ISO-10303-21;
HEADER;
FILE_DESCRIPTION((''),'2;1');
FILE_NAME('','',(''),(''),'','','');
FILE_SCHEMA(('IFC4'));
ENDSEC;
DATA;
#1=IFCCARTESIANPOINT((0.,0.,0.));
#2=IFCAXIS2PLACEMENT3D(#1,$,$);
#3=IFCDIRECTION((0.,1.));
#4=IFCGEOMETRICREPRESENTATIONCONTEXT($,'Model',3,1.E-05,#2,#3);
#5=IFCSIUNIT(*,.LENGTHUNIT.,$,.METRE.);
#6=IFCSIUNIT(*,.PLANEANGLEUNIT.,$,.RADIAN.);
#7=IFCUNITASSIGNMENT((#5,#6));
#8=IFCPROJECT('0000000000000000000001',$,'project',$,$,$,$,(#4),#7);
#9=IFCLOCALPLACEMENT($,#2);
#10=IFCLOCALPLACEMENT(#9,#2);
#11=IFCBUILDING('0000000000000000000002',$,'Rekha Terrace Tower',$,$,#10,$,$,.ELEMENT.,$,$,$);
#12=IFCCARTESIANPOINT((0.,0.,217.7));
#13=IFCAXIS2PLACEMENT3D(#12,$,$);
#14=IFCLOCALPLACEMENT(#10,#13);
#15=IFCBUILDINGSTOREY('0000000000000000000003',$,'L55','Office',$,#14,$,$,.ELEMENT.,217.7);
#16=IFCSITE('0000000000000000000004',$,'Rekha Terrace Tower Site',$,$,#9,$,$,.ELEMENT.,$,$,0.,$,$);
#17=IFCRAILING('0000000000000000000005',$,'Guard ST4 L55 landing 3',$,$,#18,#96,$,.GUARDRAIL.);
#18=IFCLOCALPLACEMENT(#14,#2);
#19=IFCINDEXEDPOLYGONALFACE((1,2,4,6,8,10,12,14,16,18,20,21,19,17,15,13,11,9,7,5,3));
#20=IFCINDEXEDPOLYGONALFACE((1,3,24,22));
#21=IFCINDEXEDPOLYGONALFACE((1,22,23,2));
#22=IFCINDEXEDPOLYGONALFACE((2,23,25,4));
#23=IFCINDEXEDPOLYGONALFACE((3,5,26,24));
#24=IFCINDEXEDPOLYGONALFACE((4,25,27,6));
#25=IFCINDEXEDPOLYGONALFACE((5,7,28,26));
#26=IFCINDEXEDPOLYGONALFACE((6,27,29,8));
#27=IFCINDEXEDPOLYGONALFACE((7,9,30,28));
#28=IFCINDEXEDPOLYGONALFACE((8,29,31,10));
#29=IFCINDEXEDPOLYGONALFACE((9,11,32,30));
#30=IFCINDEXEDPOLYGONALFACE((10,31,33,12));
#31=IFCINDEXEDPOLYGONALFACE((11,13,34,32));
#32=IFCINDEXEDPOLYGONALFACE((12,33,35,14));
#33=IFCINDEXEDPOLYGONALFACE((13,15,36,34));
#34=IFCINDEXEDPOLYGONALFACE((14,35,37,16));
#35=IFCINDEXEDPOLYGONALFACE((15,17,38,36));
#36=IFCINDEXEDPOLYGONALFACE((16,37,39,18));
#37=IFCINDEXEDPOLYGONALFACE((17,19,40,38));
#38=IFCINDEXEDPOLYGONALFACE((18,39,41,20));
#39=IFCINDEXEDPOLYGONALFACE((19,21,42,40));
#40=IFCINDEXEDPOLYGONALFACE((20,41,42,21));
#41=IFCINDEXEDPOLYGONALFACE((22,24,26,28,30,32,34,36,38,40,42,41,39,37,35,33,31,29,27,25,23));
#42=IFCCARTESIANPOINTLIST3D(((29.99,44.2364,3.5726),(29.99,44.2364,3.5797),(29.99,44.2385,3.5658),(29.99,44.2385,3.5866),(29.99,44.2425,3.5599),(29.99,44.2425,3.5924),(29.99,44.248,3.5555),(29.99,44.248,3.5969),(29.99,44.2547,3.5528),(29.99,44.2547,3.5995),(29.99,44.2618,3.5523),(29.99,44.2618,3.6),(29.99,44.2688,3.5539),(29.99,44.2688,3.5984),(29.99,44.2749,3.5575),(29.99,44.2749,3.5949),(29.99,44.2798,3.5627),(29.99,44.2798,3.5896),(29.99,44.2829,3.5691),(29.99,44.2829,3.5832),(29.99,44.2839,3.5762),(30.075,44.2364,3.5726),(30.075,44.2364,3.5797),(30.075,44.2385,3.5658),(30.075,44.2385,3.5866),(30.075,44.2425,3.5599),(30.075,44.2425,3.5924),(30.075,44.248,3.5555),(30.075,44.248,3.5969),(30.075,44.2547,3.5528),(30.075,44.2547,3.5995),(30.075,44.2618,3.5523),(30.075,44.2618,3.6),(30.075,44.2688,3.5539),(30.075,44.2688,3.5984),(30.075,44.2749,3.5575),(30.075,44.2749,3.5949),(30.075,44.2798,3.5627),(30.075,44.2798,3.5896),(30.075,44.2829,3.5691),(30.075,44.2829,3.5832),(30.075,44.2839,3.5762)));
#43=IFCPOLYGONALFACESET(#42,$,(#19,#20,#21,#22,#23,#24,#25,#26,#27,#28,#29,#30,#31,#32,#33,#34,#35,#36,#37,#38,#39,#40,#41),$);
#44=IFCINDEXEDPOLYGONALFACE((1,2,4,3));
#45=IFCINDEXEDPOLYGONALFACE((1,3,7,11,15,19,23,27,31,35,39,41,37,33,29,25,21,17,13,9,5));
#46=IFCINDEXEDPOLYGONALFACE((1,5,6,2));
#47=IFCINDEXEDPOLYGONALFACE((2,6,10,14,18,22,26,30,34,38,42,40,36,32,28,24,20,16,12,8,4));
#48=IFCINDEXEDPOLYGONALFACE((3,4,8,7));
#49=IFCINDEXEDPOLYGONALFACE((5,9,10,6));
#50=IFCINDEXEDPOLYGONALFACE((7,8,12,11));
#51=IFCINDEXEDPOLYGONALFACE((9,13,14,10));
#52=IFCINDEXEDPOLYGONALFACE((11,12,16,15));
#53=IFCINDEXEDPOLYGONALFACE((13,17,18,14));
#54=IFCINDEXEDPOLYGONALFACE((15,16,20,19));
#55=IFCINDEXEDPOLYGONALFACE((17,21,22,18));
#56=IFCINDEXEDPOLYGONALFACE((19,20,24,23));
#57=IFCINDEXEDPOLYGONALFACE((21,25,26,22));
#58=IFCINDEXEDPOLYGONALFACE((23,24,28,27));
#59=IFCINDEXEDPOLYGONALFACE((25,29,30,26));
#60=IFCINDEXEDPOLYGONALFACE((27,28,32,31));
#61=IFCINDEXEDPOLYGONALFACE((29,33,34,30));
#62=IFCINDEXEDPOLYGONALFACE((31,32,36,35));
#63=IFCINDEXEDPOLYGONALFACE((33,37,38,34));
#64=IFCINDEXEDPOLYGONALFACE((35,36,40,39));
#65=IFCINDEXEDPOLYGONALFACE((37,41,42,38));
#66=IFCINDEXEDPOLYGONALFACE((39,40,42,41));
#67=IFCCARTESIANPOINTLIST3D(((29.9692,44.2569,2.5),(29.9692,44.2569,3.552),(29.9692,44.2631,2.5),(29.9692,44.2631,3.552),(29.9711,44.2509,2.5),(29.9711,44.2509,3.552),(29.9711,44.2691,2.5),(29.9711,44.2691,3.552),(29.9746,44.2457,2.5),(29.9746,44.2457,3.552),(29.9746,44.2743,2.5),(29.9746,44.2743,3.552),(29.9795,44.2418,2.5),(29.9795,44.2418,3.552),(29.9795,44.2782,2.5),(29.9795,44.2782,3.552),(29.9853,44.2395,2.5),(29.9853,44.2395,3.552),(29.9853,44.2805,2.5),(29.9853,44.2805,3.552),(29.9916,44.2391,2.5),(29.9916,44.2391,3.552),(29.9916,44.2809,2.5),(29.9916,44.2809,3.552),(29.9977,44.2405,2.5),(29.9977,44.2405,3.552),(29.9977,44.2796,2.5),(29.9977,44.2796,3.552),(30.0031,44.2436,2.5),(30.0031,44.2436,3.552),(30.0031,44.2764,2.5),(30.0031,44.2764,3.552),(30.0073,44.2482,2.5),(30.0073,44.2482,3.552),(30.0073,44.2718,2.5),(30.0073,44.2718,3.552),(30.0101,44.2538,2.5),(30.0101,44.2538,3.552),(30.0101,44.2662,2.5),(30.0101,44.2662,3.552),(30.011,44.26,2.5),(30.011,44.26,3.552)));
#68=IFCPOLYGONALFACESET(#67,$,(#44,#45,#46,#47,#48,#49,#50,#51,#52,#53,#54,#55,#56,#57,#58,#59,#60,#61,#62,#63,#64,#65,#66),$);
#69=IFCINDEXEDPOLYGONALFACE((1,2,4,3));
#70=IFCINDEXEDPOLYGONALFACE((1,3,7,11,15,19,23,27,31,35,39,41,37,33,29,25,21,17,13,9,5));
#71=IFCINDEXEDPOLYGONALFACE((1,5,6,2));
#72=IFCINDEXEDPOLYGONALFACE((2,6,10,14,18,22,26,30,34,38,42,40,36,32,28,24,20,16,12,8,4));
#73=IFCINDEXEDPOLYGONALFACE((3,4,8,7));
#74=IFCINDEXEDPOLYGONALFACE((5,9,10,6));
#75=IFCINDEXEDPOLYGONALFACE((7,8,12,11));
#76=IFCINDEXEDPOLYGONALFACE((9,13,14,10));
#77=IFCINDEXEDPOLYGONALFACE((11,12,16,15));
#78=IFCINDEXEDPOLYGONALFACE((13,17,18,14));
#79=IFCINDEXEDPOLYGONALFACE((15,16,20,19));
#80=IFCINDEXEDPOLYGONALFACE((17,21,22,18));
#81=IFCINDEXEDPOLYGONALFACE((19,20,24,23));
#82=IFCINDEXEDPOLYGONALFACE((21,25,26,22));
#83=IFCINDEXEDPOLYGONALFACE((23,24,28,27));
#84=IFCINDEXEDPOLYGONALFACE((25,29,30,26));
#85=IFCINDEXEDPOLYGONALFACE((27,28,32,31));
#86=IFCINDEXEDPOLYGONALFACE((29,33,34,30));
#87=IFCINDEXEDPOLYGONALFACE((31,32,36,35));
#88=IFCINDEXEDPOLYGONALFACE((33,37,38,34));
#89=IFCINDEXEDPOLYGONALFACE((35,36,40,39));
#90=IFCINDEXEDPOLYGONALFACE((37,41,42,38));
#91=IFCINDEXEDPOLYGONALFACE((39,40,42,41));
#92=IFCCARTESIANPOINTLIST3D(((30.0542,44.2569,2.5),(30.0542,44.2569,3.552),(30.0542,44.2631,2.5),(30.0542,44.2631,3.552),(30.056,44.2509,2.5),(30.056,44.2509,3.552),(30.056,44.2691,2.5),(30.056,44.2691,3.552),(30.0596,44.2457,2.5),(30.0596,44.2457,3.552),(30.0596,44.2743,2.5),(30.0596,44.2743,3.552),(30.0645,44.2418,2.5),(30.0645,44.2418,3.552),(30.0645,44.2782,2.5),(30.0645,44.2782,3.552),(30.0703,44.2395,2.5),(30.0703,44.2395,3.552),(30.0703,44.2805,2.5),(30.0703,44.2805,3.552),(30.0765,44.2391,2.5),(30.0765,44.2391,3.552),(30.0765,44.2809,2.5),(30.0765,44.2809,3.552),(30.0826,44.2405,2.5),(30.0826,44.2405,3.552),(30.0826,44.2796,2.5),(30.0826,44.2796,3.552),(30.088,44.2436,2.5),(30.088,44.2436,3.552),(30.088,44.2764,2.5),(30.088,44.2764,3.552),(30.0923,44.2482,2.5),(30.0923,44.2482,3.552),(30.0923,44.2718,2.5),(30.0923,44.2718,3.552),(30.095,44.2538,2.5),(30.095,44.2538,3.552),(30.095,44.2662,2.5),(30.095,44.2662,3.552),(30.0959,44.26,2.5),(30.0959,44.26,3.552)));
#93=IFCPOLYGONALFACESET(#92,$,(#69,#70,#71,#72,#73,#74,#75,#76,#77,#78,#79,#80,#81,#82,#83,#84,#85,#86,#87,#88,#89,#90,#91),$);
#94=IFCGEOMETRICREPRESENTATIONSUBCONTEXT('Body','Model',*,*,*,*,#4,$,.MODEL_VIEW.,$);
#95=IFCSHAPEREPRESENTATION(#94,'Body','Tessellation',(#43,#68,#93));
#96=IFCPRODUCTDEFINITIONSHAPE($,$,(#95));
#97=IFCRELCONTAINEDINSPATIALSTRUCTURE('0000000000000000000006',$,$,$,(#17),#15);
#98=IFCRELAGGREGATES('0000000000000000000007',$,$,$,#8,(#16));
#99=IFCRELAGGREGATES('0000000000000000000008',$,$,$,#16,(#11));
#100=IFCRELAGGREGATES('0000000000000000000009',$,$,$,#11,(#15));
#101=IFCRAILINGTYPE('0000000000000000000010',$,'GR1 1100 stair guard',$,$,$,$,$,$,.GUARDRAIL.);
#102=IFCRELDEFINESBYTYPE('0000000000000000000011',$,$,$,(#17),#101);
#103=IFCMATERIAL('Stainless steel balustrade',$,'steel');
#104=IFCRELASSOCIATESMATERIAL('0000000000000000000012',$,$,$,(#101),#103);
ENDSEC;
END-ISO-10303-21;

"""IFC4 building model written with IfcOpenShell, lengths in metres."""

from ifc_helpers import new_model, si_unit, direction, frame, origin, origin_2d, place, context, subcontext, project, spatial, circle, extrude, material, type_object, element, save


model = new_model("IFC4")

# Units and contexts
model_context = context("Model", 3, precision=1e-05, world=origin(), true_north=direction((0.0, 1.0)))
body_context = subcontext(model_context, "Body", "Model", "MODEL_VIEW")
ifc_project = project(units=[si_unit("LENGTHUNIT", "METRE"), si_unit("PLANEANGLEUNIT", "RADIAN")], contexts=[model_context])

# Site, building, storey
site_placement = place(None, origin())
site = spatial("IfcSite", under=ifc_project, at=site_placement, Name="Rekha Terrace Tower Site", CompositionType="ELEMENT", RefElevation=0.0)
building_placement = place(site_placement, origin())
building = spatial("IfcBuilding", under=site, at=building_placement, Name="Rekha Terrace Tower", CompositionType="ELEMENT")
storey_placement = place(building_placement, frame((0.0, 0.0, 217.7)))
storey = spatial("IfcBuildingStorey", under=building, at=storey_placement, Name="L55", Description="Office", CompositionType="ELEMENT", Elevation=217.7)

# Railing
ifc_material_1 = material(Name="Stainless steel balustrade", Category="steel")
railing_type_1 = type_object("IfcRailingType", Name="GR1 1100 stair guard", PredefinedType="GUARDRAIL", material=ifc_material_1)
railing_1_placement = place(storey_placement, frame((29.99, 44.26, 2.5)))
element("IfcRailing", 1, at=railing_1_placement, inside=storey, type_object=railing_type_1, Name="Guard ST4 L55 landing 3", PredefinedType="GUARDRAIL", context=body_context, shape_type="SweptSolid", body=[
    extrude(circle(Radius=0.0239, at=origin_2d()), frame((0.0, 0.0, 1.0762), z_axis=(1.0, 0.0, 0.0), x_axis=(0.0, 1.0, 0.0)), (0.0, 0.0, 1.0), 0.085),
    extrude(circle(Radius=0.021, at=origin_2d()), origin(), (0.0, 0.0, 1.0), 1.052),
    extrude(circle(Radius=0.021, at=origin_2d()), frame((0.085, 0.0, 0.0)), (0.0, 0.0, 1.0), 1.052),
])

save(model, "model.ifc")
